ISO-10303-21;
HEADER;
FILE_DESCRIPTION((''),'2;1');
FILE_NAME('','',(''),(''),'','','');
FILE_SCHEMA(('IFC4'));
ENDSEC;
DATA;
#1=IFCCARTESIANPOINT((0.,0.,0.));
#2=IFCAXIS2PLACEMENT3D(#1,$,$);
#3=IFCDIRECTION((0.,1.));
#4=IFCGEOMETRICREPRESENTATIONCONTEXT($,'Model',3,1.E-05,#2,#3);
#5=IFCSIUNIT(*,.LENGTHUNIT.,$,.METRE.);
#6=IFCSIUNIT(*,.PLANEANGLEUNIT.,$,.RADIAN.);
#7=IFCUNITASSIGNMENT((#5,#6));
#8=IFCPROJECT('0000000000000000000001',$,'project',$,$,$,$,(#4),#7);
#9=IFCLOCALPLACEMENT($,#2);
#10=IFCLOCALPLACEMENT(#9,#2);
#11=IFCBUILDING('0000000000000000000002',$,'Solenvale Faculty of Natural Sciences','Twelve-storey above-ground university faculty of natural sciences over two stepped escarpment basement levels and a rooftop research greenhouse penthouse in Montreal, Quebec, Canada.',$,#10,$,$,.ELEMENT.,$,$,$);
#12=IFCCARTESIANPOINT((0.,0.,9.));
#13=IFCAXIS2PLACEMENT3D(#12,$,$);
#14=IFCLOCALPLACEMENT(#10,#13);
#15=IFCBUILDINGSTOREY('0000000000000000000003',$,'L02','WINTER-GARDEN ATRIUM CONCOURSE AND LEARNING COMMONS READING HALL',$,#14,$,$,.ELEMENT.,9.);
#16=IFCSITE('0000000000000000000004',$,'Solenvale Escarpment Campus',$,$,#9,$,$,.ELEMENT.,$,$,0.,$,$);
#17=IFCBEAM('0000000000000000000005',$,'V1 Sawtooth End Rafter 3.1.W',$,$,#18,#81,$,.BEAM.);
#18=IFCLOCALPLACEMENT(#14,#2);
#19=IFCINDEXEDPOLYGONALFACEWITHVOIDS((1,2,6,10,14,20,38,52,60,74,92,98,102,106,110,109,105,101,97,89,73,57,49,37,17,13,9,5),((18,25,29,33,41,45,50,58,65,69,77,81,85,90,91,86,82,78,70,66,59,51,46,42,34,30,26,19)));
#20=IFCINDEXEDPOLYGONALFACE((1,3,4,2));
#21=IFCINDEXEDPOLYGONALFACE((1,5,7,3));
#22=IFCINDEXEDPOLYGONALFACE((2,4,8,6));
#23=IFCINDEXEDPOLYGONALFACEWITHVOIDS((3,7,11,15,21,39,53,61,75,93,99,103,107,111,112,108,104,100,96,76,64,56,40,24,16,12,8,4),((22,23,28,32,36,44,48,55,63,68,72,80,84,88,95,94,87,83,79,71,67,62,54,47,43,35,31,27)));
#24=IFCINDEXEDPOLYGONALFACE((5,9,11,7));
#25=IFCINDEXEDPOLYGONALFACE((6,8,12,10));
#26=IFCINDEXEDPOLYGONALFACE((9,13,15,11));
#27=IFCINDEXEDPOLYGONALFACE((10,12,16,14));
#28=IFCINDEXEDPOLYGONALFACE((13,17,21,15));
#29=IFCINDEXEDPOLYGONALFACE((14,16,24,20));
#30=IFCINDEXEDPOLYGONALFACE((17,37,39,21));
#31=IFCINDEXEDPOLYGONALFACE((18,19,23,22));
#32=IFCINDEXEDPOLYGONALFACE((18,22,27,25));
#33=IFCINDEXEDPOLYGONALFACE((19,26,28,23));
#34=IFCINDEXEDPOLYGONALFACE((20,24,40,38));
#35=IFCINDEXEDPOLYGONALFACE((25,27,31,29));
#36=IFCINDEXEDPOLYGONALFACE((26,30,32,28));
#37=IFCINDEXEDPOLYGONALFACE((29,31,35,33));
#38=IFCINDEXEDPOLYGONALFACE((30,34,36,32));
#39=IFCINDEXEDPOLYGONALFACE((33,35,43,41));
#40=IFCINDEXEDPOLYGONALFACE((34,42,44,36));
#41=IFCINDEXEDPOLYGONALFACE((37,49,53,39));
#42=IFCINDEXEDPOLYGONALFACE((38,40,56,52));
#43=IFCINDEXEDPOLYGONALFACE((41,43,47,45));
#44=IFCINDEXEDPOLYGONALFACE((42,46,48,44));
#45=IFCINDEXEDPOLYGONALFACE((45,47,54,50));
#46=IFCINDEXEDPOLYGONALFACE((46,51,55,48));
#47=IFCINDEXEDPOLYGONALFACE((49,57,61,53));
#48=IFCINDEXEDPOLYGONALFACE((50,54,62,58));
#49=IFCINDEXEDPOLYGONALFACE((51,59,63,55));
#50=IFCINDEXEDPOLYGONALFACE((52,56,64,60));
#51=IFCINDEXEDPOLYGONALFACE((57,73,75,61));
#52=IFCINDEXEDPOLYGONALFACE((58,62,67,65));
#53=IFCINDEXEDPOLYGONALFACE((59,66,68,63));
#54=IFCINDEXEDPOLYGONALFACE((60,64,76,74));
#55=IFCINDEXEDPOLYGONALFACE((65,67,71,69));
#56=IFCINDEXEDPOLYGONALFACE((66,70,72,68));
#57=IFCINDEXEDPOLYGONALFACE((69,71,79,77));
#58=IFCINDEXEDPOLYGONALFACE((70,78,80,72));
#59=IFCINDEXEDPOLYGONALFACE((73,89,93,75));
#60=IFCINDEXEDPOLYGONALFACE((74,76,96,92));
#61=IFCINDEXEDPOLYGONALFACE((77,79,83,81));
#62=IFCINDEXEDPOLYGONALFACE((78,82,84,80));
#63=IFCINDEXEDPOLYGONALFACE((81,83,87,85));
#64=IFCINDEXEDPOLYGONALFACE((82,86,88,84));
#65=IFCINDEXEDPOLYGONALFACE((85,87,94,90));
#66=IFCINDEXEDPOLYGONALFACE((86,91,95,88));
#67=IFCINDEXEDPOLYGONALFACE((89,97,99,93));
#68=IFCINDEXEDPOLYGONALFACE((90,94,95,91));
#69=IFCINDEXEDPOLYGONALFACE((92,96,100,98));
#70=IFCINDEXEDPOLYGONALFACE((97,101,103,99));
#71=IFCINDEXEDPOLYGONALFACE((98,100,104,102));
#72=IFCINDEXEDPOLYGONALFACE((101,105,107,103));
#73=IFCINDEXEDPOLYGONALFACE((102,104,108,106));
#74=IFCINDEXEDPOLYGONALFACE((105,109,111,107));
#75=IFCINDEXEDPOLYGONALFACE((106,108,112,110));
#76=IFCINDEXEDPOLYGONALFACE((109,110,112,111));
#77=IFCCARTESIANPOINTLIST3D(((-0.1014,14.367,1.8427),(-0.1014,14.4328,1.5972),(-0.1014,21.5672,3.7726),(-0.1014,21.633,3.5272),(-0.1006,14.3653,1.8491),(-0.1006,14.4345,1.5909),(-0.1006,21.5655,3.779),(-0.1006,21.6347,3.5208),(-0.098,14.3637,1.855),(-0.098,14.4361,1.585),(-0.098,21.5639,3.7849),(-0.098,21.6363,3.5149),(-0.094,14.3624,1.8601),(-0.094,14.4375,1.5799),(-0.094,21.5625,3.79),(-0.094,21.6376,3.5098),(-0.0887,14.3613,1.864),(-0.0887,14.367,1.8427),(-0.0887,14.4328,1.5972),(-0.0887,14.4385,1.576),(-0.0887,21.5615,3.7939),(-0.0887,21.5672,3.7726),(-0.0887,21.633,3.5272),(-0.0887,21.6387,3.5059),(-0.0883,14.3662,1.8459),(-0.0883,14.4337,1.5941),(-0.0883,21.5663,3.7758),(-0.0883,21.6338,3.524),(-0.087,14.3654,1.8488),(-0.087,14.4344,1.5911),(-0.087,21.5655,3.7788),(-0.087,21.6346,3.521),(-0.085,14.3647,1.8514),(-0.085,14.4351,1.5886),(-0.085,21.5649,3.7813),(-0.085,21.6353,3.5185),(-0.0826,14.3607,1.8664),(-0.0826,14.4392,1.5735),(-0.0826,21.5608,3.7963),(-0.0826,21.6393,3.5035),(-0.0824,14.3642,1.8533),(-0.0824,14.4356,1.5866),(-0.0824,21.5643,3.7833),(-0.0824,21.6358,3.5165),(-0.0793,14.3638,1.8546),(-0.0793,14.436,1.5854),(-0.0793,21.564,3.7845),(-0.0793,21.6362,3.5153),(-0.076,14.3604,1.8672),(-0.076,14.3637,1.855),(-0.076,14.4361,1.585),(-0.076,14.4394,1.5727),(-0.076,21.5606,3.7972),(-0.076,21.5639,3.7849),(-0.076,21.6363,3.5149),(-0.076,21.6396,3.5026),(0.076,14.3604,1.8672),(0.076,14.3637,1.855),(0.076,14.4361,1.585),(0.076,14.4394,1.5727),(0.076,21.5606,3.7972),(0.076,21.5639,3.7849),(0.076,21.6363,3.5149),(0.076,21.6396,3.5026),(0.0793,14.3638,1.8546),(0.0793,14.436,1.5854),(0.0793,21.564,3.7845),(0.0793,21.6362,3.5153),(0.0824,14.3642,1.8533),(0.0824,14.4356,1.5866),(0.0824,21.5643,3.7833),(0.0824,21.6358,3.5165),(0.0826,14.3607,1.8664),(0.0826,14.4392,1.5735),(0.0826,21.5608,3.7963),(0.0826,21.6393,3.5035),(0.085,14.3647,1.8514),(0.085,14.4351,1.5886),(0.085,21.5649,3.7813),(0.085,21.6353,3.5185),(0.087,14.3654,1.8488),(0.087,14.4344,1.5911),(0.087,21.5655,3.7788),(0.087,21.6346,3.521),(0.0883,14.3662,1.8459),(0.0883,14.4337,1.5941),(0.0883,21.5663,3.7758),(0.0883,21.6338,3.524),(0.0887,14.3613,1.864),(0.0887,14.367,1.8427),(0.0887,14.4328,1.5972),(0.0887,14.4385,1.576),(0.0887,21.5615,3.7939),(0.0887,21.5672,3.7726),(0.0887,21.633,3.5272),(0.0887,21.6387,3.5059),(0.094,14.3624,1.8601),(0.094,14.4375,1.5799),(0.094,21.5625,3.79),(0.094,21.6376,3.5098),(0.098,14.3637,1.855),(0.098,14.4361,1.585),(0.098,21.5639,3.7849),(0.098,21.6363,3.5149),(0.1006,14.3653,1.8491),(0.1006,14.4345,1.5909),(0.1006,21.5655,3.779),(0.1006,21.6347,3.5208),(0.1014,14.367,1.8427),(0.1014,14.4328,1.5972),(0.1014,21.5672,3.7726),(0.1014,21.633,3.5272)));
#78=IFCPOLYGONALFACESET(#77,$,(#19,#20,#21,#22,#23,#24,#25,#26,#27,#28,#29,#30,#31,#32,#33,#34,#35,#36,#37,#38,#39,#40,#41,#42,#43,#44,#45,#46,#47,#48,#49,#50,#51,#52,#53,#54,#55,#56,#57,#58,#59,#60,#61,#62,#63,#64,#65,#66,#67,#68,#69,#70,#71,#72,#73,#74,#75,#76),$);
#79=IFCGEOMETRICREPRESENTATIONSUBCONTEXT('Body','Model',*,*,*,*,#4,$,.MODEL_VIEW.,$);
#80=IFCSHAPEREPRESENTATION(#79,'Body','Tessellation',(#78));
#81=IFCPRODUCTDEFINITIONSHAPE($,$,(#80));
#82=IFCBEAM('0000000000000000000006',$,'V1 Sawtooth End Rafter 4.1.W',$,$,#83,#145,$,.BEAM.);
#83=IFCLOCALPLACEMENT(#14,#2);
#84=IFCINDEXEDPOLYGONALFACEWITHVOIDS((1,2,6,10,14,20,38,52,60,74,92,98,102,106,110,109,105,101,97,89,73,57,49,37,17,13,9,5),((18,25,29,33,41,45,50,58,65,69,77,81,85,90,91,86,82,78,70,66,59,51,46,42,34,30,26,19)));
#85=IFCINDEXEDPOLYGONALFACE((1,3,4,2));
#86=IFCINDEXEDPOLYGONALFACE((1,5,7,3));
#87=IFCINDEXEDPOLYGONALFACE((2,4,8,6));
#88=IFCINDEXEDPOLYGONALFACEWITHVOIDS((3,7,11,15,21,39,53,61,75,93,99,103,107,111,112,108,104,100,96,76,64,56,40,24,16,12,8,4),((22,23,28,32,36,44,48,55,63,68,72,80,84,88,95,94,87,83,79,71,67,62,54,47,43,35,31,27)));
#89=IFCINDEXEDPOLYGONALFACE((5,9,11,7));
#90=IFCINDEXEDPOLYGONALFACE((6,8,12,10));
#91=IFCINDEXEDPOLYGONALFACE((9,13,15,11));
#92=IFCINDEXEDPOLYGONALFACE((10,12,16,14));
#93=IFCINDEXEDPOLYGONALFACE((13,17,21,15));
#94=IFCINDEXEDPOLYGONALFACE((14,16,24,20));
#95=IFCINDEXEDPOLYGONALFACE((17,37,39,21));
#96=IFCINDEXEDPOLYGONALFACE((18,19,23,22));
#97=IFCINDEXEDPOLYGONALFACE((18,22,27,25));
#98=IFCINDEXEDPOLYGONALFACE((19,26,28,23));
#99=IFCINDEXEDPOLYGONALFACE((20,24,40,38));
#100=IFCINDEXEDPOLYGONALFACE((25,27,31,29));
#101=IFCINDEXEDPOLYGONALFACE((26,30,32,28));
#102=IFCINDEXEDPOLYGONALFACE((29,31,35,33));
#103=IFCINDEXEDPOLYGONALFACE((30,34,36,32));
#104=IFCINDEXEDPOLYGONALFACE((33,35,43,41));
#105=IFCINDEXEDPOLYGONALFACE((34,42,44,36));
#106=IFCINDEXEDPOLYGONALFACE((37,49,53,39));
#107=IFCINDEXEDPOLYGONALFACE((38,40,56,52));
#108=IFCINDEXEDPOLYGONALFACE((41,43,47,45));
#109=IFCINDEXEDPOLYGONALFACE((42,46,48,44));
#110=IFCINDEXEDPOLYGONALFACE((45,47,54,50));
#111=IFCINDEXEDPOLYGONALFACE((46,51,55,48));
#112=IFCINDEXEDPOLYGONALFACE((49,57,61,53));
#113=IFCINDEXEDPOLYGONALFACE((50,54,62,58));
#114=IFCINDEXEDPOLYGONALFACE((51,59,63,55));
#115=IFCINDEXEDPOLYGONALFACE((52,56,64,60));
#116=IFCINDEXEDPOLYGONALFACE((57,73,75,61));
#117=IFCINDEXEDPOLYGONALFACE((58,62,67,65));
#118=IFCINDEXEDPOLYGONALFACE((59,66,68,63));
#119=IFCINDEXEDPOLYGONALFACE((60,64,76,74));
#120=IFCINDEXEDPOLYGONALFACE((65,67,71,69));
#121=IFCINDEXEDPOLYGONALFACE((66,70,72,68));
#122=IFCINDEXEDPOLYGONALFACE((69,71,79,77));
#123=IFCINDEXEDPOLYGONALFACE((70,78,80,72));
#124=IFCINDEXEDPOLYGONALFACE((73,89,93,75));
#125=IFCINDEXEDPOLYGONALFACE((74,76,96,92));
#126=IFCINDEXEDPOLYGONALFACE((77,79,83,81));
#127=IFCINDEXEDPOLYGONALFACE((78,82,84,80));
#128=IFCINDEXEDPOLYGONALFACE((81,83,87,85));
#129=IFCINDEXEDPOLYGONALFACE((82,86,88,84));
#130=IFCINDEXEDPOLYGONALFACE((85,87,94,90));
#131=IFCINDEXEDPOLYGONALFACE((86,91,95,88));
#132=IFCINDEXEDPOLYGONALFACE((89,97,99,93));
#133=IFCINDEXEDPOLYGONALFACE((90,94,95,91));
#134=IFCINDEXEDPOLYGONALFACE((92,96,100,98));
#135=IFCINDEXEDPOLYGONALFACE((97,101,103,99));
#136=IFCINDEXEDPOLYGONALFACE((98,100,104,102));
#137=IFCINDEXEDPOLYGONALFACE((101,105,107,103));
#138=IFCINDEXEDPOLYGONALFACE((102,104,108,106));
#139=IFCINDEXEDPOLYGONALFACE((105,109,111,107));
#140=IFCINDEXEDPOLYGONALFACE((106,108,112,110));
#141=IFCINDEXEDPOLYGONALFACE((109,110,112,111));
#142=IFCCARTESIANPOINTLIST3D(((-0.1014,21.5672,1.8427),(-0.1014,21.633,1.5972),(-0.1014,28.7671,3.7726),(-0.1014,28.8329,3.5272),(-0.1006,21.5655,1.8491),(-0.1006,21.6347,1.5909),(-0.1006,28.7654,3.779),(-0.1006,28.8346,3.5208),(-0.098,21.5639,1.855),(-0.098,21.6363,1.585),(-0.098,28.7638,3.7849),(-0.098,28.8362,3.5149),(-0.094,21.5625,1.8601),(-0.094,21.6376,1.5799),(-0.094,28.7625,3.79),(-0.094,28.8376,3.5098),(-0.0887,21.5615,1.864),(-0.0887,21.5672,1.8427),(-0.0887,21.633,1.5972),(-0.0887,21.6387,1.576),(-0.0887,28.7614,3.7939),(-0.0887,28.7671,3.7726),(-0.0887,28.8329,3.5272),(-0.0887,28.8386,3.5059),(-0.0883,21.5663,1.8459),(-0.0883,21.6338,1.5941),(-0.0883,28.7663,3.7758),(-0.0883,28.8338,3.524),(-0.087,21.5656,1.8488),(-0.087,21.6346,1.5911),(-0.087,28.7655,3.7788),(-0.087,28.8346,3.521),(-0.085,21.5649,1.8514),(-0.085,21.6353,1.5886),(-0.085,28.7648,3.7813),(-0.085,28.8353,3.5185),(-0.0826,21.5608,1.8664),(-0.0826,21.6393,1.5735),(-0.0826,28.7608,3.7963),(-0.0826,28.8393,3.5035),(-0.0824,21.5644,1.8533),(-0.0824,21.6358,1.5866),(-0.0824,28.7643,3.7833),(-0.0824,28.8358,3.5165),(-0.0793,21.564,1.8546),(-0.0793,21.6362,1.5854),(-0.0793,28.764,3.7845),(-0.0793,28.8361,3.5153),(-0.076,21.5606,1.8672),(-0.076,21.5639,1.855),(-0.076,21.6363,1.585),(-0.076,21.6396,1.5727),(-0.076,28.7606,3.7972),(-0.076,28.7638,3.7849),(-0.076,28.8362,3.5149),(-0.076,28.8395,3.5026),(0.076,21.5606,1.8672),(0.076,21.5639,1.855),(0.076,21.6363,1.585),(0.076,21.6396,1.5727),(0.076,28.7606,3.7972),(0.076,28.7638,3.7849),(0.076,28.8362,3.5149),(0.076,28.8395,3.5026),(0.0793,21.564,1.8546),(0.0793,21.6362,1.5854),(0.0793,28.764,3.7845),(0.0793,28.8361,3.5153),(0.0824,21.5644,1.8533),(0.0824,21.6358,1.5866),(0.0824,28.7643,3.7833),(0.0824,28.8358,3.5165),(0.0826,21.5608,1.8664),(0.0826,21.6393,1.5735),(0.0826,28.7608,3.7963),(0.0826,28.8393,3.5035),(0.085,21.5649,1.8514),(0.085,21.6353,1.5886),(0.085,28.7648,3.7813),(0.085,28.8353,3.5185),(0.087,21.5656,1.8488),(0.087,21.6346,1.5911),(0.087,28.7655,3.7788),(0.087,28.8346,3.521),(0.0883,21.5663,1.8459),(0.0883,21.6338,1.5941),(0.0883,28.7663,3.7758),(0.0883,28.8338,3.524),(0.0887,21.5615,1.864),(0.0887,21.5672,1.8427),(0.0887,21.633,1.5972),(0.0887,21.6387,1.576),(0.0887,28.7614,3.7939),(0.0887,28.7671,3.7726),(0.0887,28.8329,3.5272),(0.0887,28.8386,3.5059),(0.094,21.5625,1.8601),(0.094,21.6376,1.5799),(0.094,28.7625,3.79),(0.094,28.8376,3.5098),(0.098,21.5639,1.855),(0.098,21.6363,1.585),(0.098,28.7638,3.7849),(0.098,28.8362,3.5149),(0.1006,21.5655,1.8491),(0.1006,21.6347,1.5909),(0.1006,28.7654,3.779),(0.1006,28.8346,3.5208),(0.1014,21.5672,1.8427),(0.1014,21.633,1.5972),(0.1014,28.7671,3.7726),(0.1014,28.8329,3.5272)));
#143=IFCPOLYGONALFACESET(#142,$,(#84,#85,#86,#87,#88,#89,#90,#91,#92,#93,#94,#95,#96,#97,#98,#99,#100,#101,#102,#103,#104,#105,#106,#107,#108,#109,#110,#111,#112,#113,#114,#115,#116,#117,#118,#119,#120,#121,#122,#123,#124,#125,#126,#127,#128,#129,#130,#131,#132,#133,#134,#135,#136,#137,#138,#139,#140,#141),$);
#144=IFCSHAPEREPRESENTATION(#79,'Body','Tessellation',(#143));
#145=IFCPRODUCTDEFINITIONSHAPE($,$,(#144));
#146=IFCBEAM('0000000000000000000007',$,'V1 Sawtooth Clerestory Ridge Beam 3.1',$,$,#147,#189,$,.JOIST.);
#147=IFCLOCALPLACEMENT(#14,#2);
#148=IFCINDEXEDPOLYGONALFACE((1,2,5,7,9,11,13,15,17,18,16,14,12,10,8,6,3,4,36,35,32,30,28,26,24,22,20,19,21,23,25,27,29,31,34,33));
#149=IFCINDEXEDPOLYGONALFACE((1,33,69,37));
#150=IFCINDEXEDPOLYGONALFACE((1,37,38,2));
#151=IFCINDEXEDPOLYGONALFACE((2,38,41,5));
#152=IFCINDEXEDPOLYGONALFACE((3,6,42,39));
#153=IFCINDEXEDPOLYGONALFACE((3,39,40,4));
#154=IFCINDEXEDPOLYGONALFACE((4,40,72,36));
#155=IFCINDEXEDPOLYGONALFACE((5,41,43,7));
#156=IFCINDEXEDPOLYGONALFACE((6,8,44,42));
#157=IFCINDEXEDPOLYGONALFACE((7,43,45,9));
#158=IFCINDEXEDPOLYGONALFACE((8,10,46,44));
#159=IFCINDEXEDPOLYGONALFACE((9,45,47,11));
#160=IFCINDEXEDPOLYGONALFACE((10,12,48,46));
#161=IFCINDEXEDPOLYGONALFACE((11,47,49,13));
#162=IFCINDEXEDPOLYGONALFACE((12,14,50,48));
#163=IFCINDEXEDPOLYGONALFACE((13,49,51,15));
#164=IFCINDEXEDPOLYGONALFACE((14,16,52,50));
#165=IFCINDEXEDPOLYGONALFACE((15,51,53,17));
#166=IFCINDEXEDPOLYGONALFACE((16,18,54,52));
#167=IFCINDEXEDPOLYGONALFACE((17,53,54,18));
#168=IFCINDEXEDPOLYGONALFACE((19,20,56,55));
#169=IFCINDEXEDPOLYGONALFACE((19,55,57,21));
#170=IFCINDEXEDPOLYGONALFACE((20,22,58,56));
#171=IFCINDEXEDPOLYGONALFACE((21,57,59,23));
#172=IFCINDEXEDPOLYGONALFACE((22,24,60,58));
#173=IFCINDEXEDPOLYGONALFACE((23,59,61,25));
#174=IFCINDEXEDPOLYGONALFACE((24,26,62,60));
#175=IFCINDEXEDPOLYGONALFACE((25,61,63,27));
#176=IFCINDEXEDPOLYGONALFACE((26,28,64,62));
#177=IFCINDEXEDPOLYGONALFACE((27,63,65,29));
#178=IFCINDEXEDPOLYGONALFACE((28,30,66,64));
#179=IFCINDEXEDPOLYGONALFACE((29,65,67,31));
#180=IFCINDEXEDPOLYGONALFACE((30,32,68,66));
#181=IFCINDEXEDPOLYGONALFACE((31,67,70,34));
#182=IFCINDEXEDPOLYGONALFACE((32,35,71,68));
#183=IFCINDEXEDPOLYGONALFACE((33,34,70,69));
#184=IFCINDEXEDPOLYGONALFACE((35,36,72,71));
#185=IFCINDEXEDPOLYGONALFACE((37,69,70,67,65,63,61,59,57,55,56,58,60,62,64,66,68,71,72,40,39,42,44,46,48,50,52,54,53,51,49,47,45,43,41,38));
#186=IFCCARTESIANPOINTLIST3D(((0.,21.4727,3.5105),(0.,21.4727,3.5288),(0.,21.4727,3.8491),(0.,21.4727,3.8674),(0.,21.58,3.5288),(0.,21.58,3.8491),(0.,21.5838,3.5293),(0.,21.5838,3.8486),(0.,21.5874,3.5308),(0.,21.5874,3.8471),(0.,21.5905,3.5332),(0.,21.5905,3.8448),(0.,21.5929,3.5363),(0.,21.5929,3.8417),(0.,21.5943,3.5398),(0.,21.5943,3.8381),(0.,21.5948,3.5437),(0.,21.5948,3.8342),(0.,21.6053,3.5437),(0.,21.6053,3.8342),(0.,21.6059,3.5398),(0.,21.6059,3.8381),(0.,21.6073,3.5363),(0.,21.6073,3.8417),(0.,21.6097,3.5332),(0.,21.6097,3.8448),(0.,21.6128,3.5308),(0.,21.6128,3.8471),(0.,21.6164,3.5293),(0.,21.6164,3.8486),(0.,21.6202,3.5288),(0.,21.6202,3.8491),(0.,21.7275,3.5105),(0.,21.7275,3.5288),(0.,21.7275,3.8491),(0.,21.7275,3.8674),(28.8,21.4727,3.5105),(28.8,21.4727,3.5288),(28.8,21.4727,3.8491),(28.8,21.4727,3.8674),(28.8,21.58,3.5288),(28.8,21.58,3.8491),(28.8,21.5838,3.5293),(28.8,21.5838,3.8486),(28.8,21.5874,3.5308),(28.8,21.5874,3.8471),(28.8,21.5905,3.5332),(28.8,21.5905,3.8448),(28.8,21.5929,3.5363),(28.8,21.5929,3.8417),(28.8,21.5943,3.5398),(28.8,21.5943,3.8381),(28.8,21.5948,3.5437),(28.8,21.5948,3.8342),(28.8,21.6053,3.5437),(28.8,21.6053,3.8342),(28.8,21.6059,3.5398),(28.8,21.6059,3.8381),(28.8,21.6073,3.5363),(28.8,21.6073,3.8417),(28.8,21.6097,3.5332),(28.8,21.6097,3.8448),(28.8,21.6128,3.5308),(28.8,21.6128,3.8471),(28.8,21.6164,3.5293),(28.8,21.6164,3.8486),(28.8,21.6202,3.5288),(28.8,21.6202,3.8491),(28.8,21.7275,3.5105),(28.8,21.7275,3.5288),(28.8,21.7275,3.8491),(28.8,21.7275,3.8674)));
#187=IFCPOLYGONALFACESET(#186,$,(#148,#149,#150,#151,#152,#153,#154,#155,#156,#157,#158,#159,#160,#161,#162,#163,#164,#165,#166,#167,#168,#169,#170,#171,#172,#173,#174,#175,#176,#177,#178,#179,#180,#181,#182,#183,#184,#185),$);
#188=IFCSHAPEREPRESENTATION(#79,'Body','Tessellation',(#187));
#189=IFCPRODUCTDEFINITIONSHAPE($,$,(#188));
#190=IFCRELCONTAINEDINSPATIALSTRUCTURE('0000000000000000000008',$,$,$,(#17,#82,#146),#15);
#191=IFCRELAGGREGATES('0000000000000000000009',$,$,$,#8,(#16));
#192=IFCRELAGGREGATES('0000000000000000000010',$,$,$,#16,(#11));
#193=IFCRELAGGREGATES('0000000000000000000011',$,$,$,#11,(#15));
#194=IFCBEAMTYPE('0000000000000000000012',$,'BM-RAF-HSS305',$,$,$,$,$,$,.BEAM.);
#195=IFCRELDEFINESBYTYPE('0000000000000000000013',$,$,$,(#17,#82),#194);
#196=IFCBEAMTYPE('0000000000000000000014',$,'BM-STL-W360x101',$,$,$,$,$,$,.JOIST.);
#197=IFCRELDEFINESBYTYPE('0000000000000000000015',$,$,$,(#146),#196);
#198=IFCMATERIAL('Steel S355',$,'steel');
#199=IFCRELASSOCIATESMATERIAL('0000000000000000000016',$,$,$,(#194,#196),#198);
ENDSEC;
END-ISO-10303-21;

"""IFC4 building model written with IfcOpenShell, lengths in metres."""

from ifc_helpers import new_model, si_unit, direction, frame, origin, origin_2d, place, context, subcontext, project, spatial, hollow_rectangle, i_section, extrude, material, material_profile, profile_set, type_object, element, save


model = new_model("IFC4")

# Units and contexts
model_context = context("Model", 3, precision=1e-05, world=origin(), true_north=direction((0.0, 1.0)))
body_context = subcontext(model_context, "Body", "Model", "MODEL_VIEW")
ifc_project = project(units=[si_unit("LENGTHUNIT", "METRE"), si_unit("PLANEANGLEUNIT", "RADIAN")], contexts=[model_context])

# Site, building, storey
site_placement = place(None, origin())
site = spatial("IfcSite", under=ifc_project, at=site_placement, Name="Solenvale Escarpment Campus", CompositionType="ELEMENT", RefElevation=0.0)
building_placement = place(site_placement, origin())
building = spatial("IfcBuilding", under=site, at=building_placement, Name="Solenvale Faculty of Natural Sciences", Description="Twelve-storey above-ground university faculty of natural sciences over two stepped escarpment basement levels and a rooftop research greenhouse penthouse in Montreal, Quebec, Canada.", CompositionType="ELEMENT")
storey_placement = place(building_placement, frame((0.0, 0.0, 9.0)))
storey = spatial("IfcBuildingStorey", under=building, at=storey_placement, Name="L02", Description="WINTER-GARDEN ATRIUM CONCOURSE AND LEARNING COMMONS READING HALL", CompositionType="ELEMENT", Elevation=9.0)

# Shared definitions
ifc_material_1 = material(Name="Steel S355", Category="steel")

# Beams
ifc_material_profile_1 = material_profile(ifc_material_1, hollow_rectangle(XDim=0.2029, YDim=0.3049, WallThickness=0.0127, InnerFilletRadius=0.0127, OuterFilletRadius=0.0254, at=origin_2d()), Name="HSS305x203x13")
ifc_profile_set_1 = profile_set([ifc_material_profile_1], Name="Steel S355")
beam_type_1 = type_object("IfcBeamType", Name="BM-RAF-HSS305", PredefinedType="BEAM", material=ifc_profile_set_1)
beam_1_placement = place(storey_placement, frame((0.0, 14.3999, 1.72), z_axis=(0.0, 0.965904, 0.2589), x_axis=(-1.0, 0.0, 0.0)))
element("IfcBeam", 1, at=beam_1_placement, inside=storey, type_object=beam_type_1, Name="V1 Sawtooth End Rafter 3.1.W", PredefinedType="BEAM", context=body_context, shape_type="SweptSolid", body=[
    extrude(hollow_rectangle(XDim=0.2029, YDim=0.3049, WallThickness=0.0127, InnerFilletRadius=0.0127, OuterFilletRadius=0.0254, at=origin_2d()), origin(), (0.0, 0.0, 1.0), 7.4543),
])
beam_2_placement = place(storey_placement, frame((0.0, 21.6001, 1.72), z_axis=(0.0, 0.965902, 0.258908), x_axis=(-1.0, 0.0, 0.0)))
element("IfcBeam", 2, at=beam_2_placement, inside=storey, type_object=beam_type_1, Name="V1 Sawtooth End Rafter 4.1.W", PredefinedType="BEAM", context=body_context, shape_type="SweptSolid", body=[
    extrude(hollow_rectangle(XDim=0.2029, YDim=0.3049, WallThickness=0.0127, InnerFilletRadius=0.0127, OuterFilletRadius=0.0254, at=origin_2d()), origin(), (0.0, 0.0, 1.0), 7.4541),
])
ifc_material_profile_2 = material_profile(ifc_material_1, i_section(OverallWidth=0.2549, OverallDepth=0.3569, WebThickness=0.0105, FlangeThickness=0.0183, FilletRadius=0.0149, at=origin_2d()), Name="W360x101")
ifc_profile_set_2 = profile_set([ifc_material_profile_2], Name="Steel S355")
beam_type_2 = type_object("IfcBeamType", Name="BM-STL-W360x101", PredefinedType="JOIST", material=ifc_profile_set_2)
beam_3_placement = place(storey_placement, frame((0.0, 21.6001, 3.689), z_axis=(1.0, 0.0, 0.0), x_axis=(0.0, 1.0, 0.0)))
element("IfcBeam", 3, at=beam_3_placement, inside=storey, type_object=beam_type_2, Name="V1 Sawtooth Clerestory Ridge Beam 3.1", PredefinedType="JOIST", context=body_context, shape_type="SweptSolid", body=[
    extrude(i_section(OverallWidth=0.2549, OverallDepth=0.3569, WebThickness=0.0105, FlangeThickness=0.0183, FilletRadius=0.0149, at=origin_2d()), origin(), (0.0, 0.0, 1.0), 28.8),
])

save(model, "model.ifc")
